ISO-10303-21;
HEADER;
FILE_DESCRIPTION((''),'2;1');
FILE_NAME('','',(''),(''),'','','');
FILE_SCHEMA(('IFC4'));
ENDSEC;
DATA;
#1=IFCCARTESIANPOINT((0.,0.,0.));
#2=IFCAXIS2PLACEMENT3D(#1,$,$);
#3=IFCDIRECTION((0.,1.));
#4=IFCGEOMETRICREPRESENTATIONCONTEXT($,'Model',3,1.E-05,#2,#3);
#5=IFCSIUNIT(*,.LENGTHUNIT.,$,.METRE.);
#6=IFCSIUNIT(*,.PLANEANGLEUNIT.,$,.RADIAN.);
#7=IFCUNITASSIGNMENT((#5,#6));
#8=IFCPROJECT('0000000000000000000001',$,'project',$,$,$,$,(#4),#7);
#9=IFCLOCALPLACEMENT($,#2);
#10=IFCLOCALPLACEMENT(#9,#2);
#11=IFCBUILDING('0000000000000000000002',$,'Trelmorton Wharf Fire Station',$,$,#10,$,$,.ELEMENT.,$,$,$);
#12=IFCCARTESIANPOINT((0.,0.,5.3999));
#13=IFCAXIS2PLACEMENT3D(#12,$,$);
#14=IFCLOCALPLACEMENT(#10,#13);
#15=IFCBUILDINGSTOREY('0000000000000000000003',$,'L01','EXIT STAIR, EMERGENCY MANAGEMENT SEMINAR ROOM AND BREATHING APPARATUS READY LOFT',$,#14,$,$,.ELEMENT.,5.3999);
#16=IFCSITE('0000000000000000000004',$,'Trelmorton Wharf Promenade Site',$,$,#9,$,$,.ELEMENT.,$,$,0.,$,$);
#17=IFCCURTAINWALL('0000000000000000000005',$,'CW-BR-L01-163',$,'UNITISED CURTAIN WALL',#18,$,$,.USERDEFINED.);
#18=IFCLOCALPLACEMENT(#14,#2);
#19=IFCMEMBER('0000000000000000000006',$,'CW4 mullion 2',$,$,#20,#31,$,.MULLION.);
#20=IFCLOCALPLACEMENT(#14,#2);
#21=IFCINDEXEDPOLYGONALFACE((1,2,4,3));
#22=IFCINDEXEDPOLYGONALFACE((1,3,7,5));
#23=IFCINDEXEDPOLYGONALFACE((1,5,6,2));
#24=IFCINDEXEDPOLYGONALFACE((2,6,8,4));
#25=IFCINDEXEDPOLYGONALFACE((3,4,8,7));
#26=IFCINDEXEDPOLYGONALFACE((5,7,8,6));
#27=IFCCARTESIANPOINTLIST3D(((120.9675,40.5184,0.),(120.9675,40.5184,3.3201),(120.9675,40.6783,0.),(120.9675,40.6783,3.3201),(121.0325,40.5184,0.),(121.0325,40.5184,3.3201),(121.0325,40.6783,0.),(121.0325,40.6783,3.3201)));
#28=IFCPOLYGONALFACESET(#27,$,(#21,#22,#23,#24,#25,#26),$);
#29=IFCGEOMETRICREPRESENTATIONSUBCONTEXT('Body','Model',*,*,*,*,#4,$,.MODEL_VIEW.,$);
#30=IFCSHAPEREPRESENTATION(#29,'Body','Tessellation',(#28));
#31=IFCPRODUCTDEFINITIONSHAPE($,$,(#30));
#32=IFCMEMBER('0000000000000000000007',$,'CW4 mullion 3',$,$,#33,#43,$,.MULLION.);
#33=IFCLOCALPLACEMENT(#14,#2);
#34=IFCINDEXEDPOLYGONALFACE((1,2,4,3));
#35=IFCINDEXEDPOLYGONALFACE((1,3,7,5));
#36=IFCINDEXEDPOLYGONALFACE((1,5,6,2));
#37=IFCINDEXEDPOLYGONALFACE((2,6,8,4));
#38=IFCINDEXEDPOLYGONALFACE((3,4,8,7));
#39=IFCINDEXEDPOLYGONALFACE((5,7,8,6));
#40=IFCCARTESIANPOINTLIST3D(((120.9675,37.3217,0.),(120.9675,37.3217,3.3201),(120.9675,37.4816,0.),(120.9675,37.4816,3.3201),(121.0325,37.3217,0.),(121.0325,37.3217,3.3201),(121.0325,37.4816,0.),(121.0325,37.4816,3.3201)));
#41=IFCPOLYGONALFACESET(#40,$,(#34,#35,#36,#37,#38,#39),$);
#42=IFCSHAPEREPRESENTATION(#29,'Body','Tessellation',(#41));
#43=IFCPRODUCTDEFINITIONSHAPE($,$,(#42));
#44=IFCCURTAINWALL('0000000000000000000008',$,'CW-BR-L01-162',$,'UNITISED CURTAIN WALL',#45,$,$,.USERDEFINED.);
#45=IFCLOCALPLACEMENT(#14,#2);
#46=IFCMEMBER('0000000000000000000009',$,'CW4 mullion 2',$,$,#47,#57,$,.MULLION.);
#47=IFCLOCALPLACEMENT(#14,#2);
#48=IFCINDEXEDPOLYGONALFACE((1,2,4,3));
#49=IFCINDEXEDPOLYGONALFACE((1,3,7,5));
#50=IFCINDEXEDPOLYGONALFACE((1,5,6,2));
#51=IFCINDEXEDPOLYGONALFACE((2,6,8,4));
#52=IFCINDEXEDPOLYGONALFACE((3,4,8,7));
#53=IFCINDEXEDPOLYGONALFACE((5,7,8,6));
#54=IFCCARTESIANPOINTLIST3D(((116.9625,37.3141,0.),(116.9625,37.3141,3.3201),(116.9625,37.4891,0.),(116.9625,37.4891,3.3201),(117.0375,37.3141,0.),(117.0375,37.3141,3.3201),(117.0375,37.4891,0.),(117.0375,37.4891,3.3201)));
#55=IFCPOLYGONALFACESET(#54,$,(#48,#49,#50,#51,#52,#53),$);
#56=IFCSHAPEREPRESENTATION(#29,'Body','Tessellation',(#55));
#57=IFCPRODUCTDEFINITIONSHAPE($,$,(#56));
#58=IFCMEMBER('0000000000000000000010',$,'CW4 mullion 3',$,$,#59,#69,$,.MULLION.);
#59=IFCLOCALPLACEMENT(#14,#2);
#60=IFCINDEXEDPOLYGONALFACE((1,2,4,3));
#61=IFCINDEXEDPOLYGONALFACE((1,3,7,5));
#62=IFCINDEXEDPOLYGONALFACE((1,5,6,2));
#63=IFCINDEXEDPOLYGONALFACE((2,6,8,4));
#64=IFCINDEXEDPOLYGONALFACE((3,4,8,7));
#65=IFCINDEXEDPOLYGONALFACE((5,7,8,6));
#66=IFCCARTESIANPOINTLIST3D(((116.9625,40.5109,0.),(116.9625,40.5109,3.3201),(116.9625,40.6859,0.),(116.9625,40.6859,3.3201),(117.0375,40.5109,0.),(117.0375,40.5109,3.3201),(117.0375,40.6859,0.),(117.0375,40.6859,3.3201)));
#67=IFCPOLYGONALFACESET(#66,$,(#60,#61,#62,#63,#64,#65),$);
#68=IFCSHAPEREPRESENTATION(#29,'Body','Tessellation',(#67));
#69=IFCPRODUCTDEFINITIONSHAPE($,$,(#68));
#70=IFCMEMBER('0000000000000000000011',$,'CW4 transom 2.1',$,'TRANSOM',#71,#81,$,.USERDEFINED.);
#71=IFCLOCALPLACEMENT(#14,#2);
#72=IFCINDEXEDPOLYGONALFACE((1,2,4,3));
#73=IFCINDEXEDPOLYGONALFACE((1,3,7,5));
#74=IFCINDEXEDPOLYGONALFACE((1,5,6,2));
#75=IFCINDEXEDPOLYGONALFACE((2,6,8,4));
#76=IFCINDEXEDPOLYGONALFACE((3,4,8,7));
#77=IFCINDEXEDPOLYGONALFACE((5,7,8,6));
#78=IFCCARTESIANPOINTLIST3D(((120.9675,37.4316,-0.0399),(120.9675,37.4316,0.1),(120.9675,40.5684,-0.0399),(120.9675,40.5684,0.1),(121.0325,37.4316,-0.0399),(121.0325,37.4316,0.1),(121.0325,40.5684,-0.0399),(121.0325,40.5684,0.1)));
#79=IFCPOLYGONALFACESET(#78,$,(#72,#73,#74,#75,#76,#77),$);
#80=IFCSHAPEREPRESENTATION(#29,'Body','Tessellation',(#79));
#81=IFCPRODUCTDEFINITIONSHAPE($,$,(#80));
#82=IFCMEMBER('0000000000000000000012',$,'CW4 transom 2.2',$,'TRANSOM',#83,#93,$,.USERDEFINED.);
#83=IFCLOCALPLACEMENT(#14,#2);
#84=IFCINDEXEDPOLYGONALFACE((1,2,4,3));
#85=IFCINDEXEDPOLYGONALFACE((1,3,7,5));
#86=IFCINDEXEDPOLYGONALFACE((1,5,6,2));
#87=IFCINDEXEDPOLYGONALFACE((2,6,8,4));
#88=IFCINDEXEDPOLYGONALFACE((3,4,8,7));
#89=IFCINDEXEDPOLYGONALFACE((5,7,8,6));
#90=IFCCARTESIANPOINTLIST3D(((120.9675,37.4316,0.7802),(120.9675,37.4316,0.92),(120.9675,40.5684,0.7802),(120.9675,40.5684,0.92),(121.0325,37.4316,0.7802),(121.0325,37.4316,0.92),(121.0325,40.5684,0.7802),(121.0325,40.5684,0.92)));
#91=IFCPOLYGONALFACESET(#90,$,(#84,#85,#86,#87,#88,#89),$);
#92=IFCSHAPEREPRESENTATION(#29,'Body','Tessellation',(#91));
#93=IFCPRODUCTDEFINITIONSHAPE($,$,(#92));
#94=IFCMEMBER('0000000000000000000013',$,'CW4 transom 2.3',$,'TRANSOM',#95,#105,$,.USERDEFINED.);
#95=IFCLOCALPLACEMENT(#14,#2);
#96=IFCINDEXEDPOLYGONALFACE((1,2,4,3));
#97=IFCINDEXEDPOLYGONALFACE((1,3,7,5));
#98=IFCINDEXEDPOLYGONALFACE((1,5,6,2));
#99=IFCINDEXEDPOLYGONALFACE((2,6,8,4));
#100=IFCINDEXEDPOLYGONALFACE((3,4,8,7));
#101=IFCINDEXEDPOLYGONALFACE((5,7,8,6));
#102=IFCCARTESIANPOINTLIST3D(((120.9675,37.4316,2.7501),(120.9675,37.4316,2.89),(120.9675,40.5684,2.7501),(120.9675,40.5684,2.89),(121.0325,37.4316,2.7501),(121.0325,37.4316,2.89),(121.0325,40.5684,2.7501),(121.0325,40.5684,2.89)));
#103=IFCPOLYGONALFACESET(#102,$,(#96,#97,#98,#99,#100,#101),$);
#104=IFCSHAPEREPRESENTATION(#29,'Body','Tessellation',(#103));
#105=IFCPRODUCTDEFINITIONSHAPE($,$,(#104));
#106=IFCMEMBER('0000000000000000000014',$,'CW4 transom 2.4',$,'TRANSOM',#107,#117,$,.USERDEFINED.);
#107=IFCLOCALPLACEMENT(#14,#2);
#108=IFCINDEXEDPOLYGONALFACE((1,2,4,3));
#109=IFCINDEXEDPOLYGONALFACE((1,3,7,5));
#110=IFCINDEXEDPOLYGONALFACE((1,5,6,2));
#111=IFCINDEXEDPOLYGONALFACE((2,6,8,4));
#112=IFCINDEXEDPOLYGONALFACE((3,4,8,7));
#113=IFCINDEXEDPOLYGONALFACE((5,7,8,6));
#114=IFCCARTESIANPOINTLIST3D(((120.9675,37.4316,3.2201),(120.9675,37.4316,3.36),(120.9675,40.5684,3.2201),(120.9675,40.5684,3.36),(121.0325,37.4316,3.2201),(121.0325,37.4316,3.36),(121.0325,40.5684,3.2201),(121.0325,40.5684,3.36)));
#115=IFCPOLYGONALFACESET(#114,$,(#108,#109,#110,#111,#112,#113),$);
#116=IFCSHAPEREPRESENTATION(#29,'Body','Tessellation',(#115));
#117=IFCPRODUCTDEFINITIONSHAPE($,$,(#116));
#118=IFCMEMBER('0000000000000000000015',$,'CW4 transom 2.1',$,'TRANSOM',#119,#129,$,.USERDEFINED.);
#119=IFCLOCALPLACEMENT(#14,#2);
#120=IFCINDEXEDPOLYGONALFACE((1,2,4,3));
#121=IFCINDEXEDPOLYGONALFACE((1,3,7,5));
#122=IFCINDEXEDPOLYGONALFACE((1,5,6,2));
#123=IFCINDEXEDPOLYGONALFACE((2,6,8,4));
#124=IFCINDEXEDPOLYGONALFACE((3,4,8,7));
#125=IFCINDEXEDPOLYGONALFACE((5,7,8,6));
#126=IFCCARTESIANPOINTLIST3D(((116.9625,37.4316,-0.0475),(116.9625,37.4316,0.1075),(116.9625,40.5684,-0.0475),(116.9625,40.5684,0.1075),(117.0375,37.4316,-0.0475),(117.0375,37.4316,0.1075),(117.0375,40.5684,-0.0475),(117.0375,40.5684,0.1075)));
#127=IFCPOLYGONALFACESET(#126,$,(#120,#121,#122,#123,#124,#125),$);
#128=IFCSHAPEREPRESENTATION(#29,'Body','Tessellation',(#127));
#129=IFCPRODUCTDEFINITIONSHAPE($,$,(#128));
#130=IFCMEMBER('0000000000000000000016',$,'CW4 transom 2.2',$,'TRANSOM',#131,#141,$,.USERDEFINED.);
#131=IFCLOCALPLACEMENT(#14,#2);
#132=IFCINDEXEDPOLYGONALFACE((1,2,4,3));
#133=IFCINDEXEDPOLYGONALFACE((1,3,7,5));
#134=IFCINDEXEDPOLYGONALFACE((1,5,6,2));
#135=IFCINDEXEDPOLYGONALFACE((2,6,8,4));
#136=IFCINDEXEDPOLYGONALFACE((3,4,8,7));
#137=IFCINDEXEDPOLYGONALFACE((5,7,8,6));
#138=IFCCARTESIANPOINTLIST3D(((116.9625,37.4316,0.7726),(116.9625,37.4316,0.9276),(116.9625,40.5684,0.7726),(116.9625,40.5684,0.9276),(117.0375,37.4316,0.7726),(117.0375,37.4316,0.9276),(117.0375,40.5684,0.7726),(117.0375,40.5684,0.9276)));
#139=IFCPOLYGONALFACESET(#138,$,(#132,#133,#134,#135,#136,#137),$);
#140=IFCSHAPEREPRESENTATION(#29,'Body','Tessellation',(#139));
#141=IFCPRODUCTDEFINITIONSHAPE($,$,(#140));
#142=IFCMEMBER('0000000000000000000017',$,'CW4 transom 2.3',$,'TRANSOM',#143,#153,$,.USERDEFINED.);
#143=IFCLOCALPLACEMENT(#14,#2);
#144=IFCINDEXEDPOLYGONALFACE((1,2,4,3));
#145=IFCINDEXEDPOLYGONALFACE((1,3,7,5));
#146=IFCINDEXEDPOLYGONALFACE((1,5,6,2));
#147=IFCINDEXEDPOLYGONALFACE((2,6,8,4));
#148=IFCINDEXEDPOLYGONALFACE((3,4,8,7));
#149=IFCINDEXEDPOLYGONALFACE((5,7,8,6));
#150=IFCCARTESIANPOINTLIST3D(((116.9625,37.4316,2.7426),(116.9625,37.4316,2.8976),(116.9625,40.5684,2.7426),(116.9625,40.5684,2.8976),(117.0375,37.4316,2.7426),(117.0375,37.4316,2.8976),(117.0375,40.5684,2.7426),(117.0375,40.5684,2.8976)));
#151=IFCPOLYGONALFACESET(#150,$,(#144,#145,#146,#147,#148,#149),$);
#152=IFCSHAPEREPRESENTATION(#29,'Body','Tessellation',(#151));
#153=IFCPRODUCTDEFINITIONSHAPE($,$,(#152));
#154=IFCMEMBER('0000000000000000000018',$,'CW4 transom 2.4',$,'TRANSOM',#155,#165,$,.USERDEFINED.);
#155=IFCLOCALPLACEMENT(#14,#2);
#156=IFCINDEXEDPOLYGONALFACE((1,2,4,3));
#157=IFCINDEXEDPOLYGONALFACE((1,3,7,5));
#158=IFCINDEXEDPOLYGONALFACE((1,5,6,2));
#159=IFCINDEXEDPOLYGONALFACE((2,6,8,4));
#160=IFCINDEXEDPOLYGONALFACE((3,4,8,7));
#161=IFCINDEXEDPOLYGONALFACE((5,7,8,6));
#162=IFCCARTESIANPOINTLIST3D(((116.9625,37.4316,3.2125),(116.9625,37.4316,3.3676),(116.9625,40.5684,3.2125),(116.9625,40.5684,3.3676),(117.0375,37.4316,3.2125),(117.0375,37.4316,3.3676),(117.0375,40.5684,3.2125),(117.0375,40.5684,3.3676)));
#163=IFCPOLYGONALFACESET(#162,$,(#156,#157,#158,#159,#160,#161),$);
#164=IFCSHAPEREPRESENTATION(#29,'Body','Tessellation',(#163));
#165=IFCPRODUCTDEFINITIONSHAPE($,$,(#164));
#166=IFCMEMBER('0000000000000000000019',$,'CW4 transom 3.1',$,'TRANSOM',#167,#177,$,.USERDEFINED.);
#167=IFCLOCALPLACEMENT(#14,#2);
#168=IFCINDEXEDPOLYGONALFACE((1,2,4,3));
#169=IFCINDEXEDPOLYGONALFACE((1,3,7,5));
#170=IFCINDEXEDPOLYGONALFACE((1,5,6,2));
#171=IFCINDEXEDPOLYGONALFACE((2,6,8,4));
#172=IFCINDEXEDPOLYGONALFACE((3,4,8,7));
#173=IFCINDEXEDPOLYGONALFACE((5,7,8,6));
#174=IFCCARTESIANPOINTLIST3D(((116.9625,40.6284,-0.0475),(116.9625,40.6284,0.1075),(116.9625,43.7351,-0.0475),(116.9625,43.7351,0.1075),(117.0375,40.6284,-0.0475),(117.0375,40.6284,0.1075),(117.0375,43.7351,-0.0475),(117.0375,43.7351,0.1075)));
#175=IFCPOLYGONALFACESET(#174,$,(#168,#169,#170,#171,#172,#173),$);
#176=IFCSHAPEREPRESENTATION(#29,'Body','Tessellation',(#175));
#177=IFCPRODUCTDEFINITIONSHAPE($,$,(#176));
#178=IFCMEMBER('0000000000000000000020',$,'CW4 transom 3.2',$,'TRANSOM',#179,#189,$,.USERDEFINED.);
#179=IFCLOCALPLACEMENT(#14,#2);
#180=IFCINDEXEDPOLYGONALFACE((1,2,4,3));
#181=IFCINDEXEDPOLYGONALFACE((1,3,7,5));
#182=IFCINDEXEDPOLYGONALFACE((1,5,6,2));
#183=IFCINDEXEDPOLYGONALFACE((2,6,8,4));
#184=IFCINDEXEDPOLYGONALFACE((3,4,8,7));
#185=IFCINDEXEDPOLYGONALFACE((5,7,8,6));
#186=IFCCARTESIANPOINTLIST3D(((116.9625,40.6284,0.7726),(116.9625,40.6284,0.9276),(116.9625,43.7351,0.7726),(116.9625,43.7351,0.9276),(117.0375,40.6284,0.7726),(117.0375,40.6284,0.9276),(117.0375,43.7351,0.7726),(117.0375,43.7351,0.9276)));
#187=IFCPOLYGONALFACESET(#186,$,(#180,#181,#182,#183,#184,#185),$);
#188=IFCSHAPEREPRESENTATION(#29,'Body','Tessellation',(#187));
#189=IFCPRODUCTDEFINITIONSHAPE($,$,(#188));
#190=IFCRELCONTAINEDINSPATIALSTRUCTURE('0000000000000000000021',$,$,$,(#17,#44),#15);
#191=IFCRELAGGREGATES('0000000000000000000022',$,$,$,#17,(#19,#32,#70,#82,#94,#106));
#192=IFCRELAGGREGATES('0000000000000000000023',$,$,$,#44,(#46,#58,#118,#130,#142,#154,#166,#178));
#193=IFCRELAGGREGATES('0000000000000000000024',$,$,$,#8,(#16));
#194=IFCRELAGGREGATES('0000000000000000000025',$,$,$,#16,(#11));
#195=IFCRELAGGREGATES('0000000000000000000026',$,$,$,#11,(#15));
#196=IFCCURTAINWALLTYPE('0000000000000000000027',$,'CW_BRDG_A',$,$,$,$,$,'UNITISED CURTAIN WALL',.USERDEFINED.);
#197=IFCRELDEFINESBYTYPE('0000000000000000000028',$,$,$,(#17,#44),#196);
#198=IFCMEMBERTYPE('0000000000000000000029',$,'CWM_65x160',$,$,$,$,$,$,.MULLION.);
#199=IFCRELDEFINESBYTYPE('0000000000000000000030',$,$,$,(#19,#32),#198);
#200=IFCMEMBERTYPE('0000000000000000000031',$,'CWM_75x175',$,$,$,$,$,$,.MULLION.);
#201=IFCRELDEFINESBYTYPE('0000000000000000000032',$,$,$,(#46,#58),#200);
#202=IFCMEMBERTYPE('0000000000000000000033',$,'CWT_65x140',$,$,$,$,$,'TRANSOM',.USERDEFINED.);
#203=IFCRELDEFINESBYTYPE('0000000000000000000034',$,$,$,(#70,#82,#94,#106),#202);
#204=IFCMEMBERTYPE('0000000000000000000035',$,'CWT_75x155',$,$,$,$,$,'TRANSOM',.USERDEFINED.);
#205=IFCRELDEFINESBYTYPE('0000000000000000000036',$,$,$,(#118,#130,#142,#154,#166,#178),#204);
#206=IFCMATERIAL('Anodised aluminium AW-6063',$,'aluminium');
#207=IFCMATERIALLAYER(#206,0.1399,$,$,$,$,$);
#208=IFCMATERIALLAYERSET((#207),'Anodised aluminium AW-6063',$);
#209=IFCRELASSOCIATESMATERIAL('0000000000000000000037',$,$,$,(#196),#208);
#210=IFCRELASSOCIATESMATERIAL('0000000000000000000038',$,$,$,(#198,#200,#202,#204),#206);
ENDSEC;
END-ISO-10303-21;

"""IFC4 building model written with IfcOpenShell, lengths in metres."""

from ifc_helpers import new_model, si_unit, direction, frame, origin, origin_2d, place, context, subcontext, project, spatial, rectangle, extrude, material, layer, layer_set, material_profile, profile_set, type_object, element, aggregate, save


model = new_model("IFC4")

# Units and contexts
model_context = context("Model", 3, precision=1e-05, world=origin(), true_north=direction((0.0, 1.0)))
body_context = subcontext(model_context, "Body", "Model", "MODEL_VIEW")
ifc_project = project(units=[si_unit("LENGTHUNIT", "METRE"), si_unit("PLANEANGLEUNIT", "RADIAN")], contexts=[model_context])

# Site, building, storey
site_placement = place(None, origin())
site = spatial("IfcSite", under=ifc_project, at=site_placement, Name="Trelmorton Wharf Promenade Site", CompositionType="ELEMENT", RefElevation=0.0)
building_placement = place(site_placement, origin())
building = spatial("IfcBuilding", under=site, at=building_placement, Name="Trelmorton Wharf Fire Station", CompositionType="ELEMENT")
storey_placement = place(building_placement, frame((0.0, 0.0, 5.3999)))
storey = spatial("IfcBuildingStorey", under=building, at=storey_placement, Name="L01", Description="EXIT STAIR, EMERGENCY MANAGEMENT SEMINAR ROOM AND BREATHING APPARATUS READY LOFT", CompositionType="ELEMENT", Elevation=5.3999)

# Curtain walls, members
ifc_material_1 = material(Name="Anodised aluminium AW-6063", Category="aluminium")
ifc_layer_1 = layer(ifc_material_1, 0.1399)
ifc_layer_set_1 = layer_set([ifc_layer_1], Name="Anodised aluminium AW-6063")
curtain_wall_type = type_object("IfcCurtainWallType", Name="CW_BRDG_A", ElementType="UNITISED CURTAIN WALL", PredefinedType="USERDEFINED", material=ifc_layer_set_1)
curtain_wall_1_placement = place(storey_placement, origin())
curtain_wall_1 = element("IfcCurtainWall", 1, at=curtain_wall_1_placement, inside=storey, type_object=curtain_wall_type, Name="CW-BR-L01-163", ObjectType="UNITISED CURTAIN WALL", PredefinedType="USERDEFINED")
ifc_material_profile_1 = material_profile(ifc_material_1, rectangle(XDim=0.0649, YDim=0.1599, at=origin_2d()), Name="ALU-65x160")
ifc_profile_set_1 = profile_set([ifc_material_profile_1], Name="Anodised aluminium AW-6063")
member_type_1 = type_object("IfcMemberType", Name="CWM_65x160", PredefinedType="MULLION", material=ifc_profile_set_1)
member_1_placement = place(storey_placement, frame((121.0, 40.5984, 0.0), z_axis=(0.0, 0.0, 1.0), x_axis=(1.0, 0.0, 0.0)))
member_1 = element("IfcMember", 2, at=member_1_placement, type_object=member_type_1, Name="CW4 mullion 2", PredefinedType="MULLION", context=body_context, shape_type="SweptSolid", body=[
    extrude(rectangle(XDim=0.0649, YDim=0.1599, at=origin_2d()), origin(), (0.0, 0.0, 1.0), 3.3201),
])
member_2_placement = place(storey_placement, frame((121.0, 37.4016, 0.0), z_axis=(0.0, 0.0, 1.0), x_axis=(1.0, 0.0, 0.0)))
member_2 = element("IfcMember", 3, at=member_2_placement, type_object=member_type_1, Name="CW4 mullion 3", PredefinedType="MULLION", context=body_context, shape_type="SweptSolid", body=[
    extrude(rectangle(XDim=0.0649, YDim=0.1599, at=origin_2d()), origin(), (0.0, 0.0, 1.0), 3.3201),
])
curtain_wall_2_placement = place(storey_placement, origin())
curtain_wall_2 = element("IfcCurtainWall", 4, at=curtain_wall_2_placement, inside=storey, type_object=curtain_wall_type, Name="CW-BR-L01-162", ObjectType="UNITISED CURTAIN WALL", PredefinedType="USERDEFINED")
ifc_material_profile_2 = material_profile(ifc_material_1, rectangle(XDim=0.075, YDim=0.175, at=origin_2d()), Name="ALU-75x175")
ifc_profile_set_2 = profile_set([ifc_material_profile_2], Name="Anodised aluminium AW-6063")
member_type_2 = type_object("IfcMemberType", Name="CWM_75x175", PredefinedType="MULLION", material=ifc_profile_set_2)
member_3_placement = place(storey_placement, frame((117.0, 37.4016, 0.0), z_axis=(0.0, 0.0, 1.0), x_axis=(-1.0, 0.0, 0.0)))
member_3 = element("IfcMember", 5, at=member_3_placement, type_object=member_type_2, Name="CW4 mullion 2", PredefinedType="MULLION", context=body_context, shape_type="SweptSolid", body=[
    extrude(rectangle(XDim=0.075, YDim=0.175, at=origin_2d()), origin(), (0.0, 0.0, 1.0), 3.3201),
])
member_4_placement = place(storey_placement, frame((117.0, 40.5984, 0.0), z_axis=(0.0, 0.0, 1.0), x_axis=(-1.0, 0.0, 0.0)))
member_4 = element("IfcMember", 6, at=member_4_placement, type_object=member_type_2, Name="CW4 mullion 3", PredefinedType="MULLION", context=body_context, shape_type="SweptSolid", body=[
    extrude(rectangle(XDim=0.075, YDim=0.175, at=origin_2d()), origin(), (0.0, 0.0, 1.0), 3.3201),
])

# Members
ifc_material_profile_3 = material_profile(ifc_material_1, rectangle(XDim=0.0649, YDim=0.1399, at=origin_2d()), Name="ALU-65x140")
ifc_profile_set_3 = profile_set([ifc_material_profile_3], Name="Anodised aluminium AW-6063")
member_type_3 = type_object("IfcMemberType", Name="CWT_65x140", ElementType="TRANSOM", PredefinedType="USERDEFINED", material=ifc_profile_set_3)
member_5_placement = place(storey_placement, frame((121.0, 40.5684, 0.03), z_axis=(0.0, -1.0, 0.0), x_axis=(1.0, 0.0, 0.0)))
member_5 = element("IfcMember", 7, at=member_5_placement, type_object=member_type_3, Name="CW4 transom 2.1", ObjectType="TRANSOM", PredefinedType="USERDEFINED", context=body_context, shape_type="SweptSolid", body=[
    extrude(rectangle(XDim=0.0649, YDim=0.1399, at=origin_2d()), origin(), (0.0, 0.0, 1.0), 3.1367),
])
member_6_placement = place(storey_placement, frame((121.0, 40.5684, 0.8501), z_axis=(0.0, -1.0, 0.0), x_axis=(1.0, 0.0, 0.0)))
member_6 = element("IfcMember", 8, at=member_6_placement, type_object=member_type_3, Name="CW4 transom 2.2", ObjectType="TRANSOM", PredefinedType="USERDEFINED", context=body_context, shape_type="SweptSolid", body=[
    extrude(rectangle(XDim=0.0649, YDim=0.1399, at=origin_2d()), origin(), (0.0, 0.0, 1.0), 3.1367),
])
member_7_placement = place(storey_placement, frame((121.0, 40.5684, 2.8201), z_axis=(0.0, -1.0, 0.0), x_axis=(1.0, 0.0, 0.0)))
member_7 = element("IfcMember", 9, at=member_7_placement, type_object=member_type_3, Name="CW4 transom 2.3", ObjectType="TRANSOM", PredefinedType="USERDEFINED", context=body_context, shape_type="SweptSolid", body=[
    extrude(rectangle(XDim=0.0649, YDim=0.1399, at=origin_2d()), origin(), (0.0, 0.0, 1.0), 3.1367),
])
member_8_placement = place(storey_placement, frame((121.0, 40.5684, 3.29), z_axis=(0.0, -1.0, 0.0), x_axis=(1.0, 0.0, 0.0)))
member_8 = element("IfcMember", 10, at=member_8_placement, type_object=member_type_3, Name="CW4 transom 2.4", ObjectType="TRANSOM", PredefinedType="USERDEFINED", context=body_context, shape_type="SweptSolid", body=[
    extrude(rectangle(XDim=0.0649, YDim=0.1399, at=origin_2d()), origin(), (0.0, 0.0, 1.0), 3.1367),
])
ifc_material_profile_4 = material_profile(ifc_material_1, rectangle(XDim=0.075, YDim=0.155, at=origin_2d()), Name="ALU-75x155")
ifc_profile_set_4 = profile_set([ifc_material_profile_4], Name="Anodised aluminium AW-6063")
member_type_4 = type_object("IfcMemberType", Name="CWT_75x155", ElementType="TRANSOM", PredefinedType="USERDEFINED", material=ifc_profile_set_4)
member_9_placement = place(storey_placement, frame((117.0, 37.4316, 0.03), z_axis=(0.0, 1.0, 0.0), x_axis=(-1.0, 0.0, 0.0)))
member_9 = element("IfcMember", 11, at=member_9_placement, type_object=member_type_4, Name="CW4 transom 2.1", ObjectType="TRANSOM", PredefinedType="USERDEFINED", context=body_context, shape_type="SweptSolid", body=[
    extrude(rectangle(XDim=0.075, YDim=0.155, at=origin_2d()), origin(), (0.0, 0.0, 1.0), 3.1367),
])
member_10_placement = place(storey_placement, frame((117.0, 37.4316, 0.8501), z_axis=(0.0, 1.0, 0.0), x_axis=(-1.0, 0.0, 0.0)))
member_10 = element("IfcMember", 12, at=member_10_placement, type_object=member_type_4, Name="CW4 transom 2.2", ObjectType="TRANSOM", PredefinedType="USERDEFINED", context=body_context, shape_type="SweptSolid", body=[
    extrude(rectangle(XDim=0.075, YDim=0.155, at=origin_2d()), origin(), (0.0, 0.0, 1.0), 3.1367),
])
member_11_placement = place(storey_placement, frame((117.0, 37.4316, 2.8201), z_axis=(0.0, 1.0, 0.0), x_axis=(-1.0, 0.0, 0.0)))
member_11 = element("IfcMember", 13, at=member_11_placement, type_object=member_type_4, Name="CW4 transom 2.3", ObjectType="TRANSOM", PredefinedType="USERDEFINED", context=body_context, shape_type="SweptSolid", body=[
    extrude(rectangle(XDim=0.075, YDim=0.155, at=origin_2d()), origin(), (0.0, 0.0, 1.0), 3.1367),
])
member_12_placement = place(storey_placement, frame((117.0, 37.4316, 3.29), z_axis=(0.0, 1.0, 0.0), x_axis=(-1.0, 0.0, 0.0)))
member_12 = element("IfcMember", 14, at=member_12_placement, type_object=member_type_4, Name="CW4 transom 2.4", ObjectType="TRANSOM", PredefinedType="USERDEFINED", context=body_context, shape_type="SweptSolid", body=[
    extrude(rectangle(XDim=0.075, YDim=0.155, at=origin_2d()), origin(), (0.0, 0.0, 1.0), 3.1367),
])
member_13_placement = place(storey_placement, frame((117.0, 40.6284, 0.03), z_axis=(0.0, 1.0, 0.0), x_axis=(-1.0, 0.0, 0.0)))
member_13 = element("IfcMember", 15, at=member_13_placement, type_object=member_type_4, Name="CW4 transom 3.1", ObjectType="TRANSOM", PredefinedType="USERDEFINED", context=body_context, shape_type="SweptSolid", body=[
    extrude(rectangle(XDim=0.075, YDim=0.155, at=origin_2d()), origin(), (0.0, 0.0, 1.0), 3.1067),
])
member_14_placement = place(storey_placement, frame((117.0, 40.6284, 0.8501), z_axis=(0.0, 1.0, 0.0), x_axis=(-1.0, 0.0, 0.0)))
member_14 = element("IfcMember", 16, at=member_14_placement, type_object=member_type_4, Name="CW4 transom 3.2", ObjectType="TRANSOM", PredefinedType="USERDEFINED", context=body_context, shape_type="SweptSolid", body=[
    extrude(rectangle(XDim=0.075, YDim=0.155, at=origin_2d()), origin(), (0.0, 0.0, 1.0), 3.1067),
])

aggregate(curtain_wall_1, [member_1, member_2, member_5, member_6, member_7, member_8])
aggregate(curtain_wall_2, [member_3, member_4, member_9, member_10, member_11, member_12, member_13, member_14])

save(model, "model.ifc")
